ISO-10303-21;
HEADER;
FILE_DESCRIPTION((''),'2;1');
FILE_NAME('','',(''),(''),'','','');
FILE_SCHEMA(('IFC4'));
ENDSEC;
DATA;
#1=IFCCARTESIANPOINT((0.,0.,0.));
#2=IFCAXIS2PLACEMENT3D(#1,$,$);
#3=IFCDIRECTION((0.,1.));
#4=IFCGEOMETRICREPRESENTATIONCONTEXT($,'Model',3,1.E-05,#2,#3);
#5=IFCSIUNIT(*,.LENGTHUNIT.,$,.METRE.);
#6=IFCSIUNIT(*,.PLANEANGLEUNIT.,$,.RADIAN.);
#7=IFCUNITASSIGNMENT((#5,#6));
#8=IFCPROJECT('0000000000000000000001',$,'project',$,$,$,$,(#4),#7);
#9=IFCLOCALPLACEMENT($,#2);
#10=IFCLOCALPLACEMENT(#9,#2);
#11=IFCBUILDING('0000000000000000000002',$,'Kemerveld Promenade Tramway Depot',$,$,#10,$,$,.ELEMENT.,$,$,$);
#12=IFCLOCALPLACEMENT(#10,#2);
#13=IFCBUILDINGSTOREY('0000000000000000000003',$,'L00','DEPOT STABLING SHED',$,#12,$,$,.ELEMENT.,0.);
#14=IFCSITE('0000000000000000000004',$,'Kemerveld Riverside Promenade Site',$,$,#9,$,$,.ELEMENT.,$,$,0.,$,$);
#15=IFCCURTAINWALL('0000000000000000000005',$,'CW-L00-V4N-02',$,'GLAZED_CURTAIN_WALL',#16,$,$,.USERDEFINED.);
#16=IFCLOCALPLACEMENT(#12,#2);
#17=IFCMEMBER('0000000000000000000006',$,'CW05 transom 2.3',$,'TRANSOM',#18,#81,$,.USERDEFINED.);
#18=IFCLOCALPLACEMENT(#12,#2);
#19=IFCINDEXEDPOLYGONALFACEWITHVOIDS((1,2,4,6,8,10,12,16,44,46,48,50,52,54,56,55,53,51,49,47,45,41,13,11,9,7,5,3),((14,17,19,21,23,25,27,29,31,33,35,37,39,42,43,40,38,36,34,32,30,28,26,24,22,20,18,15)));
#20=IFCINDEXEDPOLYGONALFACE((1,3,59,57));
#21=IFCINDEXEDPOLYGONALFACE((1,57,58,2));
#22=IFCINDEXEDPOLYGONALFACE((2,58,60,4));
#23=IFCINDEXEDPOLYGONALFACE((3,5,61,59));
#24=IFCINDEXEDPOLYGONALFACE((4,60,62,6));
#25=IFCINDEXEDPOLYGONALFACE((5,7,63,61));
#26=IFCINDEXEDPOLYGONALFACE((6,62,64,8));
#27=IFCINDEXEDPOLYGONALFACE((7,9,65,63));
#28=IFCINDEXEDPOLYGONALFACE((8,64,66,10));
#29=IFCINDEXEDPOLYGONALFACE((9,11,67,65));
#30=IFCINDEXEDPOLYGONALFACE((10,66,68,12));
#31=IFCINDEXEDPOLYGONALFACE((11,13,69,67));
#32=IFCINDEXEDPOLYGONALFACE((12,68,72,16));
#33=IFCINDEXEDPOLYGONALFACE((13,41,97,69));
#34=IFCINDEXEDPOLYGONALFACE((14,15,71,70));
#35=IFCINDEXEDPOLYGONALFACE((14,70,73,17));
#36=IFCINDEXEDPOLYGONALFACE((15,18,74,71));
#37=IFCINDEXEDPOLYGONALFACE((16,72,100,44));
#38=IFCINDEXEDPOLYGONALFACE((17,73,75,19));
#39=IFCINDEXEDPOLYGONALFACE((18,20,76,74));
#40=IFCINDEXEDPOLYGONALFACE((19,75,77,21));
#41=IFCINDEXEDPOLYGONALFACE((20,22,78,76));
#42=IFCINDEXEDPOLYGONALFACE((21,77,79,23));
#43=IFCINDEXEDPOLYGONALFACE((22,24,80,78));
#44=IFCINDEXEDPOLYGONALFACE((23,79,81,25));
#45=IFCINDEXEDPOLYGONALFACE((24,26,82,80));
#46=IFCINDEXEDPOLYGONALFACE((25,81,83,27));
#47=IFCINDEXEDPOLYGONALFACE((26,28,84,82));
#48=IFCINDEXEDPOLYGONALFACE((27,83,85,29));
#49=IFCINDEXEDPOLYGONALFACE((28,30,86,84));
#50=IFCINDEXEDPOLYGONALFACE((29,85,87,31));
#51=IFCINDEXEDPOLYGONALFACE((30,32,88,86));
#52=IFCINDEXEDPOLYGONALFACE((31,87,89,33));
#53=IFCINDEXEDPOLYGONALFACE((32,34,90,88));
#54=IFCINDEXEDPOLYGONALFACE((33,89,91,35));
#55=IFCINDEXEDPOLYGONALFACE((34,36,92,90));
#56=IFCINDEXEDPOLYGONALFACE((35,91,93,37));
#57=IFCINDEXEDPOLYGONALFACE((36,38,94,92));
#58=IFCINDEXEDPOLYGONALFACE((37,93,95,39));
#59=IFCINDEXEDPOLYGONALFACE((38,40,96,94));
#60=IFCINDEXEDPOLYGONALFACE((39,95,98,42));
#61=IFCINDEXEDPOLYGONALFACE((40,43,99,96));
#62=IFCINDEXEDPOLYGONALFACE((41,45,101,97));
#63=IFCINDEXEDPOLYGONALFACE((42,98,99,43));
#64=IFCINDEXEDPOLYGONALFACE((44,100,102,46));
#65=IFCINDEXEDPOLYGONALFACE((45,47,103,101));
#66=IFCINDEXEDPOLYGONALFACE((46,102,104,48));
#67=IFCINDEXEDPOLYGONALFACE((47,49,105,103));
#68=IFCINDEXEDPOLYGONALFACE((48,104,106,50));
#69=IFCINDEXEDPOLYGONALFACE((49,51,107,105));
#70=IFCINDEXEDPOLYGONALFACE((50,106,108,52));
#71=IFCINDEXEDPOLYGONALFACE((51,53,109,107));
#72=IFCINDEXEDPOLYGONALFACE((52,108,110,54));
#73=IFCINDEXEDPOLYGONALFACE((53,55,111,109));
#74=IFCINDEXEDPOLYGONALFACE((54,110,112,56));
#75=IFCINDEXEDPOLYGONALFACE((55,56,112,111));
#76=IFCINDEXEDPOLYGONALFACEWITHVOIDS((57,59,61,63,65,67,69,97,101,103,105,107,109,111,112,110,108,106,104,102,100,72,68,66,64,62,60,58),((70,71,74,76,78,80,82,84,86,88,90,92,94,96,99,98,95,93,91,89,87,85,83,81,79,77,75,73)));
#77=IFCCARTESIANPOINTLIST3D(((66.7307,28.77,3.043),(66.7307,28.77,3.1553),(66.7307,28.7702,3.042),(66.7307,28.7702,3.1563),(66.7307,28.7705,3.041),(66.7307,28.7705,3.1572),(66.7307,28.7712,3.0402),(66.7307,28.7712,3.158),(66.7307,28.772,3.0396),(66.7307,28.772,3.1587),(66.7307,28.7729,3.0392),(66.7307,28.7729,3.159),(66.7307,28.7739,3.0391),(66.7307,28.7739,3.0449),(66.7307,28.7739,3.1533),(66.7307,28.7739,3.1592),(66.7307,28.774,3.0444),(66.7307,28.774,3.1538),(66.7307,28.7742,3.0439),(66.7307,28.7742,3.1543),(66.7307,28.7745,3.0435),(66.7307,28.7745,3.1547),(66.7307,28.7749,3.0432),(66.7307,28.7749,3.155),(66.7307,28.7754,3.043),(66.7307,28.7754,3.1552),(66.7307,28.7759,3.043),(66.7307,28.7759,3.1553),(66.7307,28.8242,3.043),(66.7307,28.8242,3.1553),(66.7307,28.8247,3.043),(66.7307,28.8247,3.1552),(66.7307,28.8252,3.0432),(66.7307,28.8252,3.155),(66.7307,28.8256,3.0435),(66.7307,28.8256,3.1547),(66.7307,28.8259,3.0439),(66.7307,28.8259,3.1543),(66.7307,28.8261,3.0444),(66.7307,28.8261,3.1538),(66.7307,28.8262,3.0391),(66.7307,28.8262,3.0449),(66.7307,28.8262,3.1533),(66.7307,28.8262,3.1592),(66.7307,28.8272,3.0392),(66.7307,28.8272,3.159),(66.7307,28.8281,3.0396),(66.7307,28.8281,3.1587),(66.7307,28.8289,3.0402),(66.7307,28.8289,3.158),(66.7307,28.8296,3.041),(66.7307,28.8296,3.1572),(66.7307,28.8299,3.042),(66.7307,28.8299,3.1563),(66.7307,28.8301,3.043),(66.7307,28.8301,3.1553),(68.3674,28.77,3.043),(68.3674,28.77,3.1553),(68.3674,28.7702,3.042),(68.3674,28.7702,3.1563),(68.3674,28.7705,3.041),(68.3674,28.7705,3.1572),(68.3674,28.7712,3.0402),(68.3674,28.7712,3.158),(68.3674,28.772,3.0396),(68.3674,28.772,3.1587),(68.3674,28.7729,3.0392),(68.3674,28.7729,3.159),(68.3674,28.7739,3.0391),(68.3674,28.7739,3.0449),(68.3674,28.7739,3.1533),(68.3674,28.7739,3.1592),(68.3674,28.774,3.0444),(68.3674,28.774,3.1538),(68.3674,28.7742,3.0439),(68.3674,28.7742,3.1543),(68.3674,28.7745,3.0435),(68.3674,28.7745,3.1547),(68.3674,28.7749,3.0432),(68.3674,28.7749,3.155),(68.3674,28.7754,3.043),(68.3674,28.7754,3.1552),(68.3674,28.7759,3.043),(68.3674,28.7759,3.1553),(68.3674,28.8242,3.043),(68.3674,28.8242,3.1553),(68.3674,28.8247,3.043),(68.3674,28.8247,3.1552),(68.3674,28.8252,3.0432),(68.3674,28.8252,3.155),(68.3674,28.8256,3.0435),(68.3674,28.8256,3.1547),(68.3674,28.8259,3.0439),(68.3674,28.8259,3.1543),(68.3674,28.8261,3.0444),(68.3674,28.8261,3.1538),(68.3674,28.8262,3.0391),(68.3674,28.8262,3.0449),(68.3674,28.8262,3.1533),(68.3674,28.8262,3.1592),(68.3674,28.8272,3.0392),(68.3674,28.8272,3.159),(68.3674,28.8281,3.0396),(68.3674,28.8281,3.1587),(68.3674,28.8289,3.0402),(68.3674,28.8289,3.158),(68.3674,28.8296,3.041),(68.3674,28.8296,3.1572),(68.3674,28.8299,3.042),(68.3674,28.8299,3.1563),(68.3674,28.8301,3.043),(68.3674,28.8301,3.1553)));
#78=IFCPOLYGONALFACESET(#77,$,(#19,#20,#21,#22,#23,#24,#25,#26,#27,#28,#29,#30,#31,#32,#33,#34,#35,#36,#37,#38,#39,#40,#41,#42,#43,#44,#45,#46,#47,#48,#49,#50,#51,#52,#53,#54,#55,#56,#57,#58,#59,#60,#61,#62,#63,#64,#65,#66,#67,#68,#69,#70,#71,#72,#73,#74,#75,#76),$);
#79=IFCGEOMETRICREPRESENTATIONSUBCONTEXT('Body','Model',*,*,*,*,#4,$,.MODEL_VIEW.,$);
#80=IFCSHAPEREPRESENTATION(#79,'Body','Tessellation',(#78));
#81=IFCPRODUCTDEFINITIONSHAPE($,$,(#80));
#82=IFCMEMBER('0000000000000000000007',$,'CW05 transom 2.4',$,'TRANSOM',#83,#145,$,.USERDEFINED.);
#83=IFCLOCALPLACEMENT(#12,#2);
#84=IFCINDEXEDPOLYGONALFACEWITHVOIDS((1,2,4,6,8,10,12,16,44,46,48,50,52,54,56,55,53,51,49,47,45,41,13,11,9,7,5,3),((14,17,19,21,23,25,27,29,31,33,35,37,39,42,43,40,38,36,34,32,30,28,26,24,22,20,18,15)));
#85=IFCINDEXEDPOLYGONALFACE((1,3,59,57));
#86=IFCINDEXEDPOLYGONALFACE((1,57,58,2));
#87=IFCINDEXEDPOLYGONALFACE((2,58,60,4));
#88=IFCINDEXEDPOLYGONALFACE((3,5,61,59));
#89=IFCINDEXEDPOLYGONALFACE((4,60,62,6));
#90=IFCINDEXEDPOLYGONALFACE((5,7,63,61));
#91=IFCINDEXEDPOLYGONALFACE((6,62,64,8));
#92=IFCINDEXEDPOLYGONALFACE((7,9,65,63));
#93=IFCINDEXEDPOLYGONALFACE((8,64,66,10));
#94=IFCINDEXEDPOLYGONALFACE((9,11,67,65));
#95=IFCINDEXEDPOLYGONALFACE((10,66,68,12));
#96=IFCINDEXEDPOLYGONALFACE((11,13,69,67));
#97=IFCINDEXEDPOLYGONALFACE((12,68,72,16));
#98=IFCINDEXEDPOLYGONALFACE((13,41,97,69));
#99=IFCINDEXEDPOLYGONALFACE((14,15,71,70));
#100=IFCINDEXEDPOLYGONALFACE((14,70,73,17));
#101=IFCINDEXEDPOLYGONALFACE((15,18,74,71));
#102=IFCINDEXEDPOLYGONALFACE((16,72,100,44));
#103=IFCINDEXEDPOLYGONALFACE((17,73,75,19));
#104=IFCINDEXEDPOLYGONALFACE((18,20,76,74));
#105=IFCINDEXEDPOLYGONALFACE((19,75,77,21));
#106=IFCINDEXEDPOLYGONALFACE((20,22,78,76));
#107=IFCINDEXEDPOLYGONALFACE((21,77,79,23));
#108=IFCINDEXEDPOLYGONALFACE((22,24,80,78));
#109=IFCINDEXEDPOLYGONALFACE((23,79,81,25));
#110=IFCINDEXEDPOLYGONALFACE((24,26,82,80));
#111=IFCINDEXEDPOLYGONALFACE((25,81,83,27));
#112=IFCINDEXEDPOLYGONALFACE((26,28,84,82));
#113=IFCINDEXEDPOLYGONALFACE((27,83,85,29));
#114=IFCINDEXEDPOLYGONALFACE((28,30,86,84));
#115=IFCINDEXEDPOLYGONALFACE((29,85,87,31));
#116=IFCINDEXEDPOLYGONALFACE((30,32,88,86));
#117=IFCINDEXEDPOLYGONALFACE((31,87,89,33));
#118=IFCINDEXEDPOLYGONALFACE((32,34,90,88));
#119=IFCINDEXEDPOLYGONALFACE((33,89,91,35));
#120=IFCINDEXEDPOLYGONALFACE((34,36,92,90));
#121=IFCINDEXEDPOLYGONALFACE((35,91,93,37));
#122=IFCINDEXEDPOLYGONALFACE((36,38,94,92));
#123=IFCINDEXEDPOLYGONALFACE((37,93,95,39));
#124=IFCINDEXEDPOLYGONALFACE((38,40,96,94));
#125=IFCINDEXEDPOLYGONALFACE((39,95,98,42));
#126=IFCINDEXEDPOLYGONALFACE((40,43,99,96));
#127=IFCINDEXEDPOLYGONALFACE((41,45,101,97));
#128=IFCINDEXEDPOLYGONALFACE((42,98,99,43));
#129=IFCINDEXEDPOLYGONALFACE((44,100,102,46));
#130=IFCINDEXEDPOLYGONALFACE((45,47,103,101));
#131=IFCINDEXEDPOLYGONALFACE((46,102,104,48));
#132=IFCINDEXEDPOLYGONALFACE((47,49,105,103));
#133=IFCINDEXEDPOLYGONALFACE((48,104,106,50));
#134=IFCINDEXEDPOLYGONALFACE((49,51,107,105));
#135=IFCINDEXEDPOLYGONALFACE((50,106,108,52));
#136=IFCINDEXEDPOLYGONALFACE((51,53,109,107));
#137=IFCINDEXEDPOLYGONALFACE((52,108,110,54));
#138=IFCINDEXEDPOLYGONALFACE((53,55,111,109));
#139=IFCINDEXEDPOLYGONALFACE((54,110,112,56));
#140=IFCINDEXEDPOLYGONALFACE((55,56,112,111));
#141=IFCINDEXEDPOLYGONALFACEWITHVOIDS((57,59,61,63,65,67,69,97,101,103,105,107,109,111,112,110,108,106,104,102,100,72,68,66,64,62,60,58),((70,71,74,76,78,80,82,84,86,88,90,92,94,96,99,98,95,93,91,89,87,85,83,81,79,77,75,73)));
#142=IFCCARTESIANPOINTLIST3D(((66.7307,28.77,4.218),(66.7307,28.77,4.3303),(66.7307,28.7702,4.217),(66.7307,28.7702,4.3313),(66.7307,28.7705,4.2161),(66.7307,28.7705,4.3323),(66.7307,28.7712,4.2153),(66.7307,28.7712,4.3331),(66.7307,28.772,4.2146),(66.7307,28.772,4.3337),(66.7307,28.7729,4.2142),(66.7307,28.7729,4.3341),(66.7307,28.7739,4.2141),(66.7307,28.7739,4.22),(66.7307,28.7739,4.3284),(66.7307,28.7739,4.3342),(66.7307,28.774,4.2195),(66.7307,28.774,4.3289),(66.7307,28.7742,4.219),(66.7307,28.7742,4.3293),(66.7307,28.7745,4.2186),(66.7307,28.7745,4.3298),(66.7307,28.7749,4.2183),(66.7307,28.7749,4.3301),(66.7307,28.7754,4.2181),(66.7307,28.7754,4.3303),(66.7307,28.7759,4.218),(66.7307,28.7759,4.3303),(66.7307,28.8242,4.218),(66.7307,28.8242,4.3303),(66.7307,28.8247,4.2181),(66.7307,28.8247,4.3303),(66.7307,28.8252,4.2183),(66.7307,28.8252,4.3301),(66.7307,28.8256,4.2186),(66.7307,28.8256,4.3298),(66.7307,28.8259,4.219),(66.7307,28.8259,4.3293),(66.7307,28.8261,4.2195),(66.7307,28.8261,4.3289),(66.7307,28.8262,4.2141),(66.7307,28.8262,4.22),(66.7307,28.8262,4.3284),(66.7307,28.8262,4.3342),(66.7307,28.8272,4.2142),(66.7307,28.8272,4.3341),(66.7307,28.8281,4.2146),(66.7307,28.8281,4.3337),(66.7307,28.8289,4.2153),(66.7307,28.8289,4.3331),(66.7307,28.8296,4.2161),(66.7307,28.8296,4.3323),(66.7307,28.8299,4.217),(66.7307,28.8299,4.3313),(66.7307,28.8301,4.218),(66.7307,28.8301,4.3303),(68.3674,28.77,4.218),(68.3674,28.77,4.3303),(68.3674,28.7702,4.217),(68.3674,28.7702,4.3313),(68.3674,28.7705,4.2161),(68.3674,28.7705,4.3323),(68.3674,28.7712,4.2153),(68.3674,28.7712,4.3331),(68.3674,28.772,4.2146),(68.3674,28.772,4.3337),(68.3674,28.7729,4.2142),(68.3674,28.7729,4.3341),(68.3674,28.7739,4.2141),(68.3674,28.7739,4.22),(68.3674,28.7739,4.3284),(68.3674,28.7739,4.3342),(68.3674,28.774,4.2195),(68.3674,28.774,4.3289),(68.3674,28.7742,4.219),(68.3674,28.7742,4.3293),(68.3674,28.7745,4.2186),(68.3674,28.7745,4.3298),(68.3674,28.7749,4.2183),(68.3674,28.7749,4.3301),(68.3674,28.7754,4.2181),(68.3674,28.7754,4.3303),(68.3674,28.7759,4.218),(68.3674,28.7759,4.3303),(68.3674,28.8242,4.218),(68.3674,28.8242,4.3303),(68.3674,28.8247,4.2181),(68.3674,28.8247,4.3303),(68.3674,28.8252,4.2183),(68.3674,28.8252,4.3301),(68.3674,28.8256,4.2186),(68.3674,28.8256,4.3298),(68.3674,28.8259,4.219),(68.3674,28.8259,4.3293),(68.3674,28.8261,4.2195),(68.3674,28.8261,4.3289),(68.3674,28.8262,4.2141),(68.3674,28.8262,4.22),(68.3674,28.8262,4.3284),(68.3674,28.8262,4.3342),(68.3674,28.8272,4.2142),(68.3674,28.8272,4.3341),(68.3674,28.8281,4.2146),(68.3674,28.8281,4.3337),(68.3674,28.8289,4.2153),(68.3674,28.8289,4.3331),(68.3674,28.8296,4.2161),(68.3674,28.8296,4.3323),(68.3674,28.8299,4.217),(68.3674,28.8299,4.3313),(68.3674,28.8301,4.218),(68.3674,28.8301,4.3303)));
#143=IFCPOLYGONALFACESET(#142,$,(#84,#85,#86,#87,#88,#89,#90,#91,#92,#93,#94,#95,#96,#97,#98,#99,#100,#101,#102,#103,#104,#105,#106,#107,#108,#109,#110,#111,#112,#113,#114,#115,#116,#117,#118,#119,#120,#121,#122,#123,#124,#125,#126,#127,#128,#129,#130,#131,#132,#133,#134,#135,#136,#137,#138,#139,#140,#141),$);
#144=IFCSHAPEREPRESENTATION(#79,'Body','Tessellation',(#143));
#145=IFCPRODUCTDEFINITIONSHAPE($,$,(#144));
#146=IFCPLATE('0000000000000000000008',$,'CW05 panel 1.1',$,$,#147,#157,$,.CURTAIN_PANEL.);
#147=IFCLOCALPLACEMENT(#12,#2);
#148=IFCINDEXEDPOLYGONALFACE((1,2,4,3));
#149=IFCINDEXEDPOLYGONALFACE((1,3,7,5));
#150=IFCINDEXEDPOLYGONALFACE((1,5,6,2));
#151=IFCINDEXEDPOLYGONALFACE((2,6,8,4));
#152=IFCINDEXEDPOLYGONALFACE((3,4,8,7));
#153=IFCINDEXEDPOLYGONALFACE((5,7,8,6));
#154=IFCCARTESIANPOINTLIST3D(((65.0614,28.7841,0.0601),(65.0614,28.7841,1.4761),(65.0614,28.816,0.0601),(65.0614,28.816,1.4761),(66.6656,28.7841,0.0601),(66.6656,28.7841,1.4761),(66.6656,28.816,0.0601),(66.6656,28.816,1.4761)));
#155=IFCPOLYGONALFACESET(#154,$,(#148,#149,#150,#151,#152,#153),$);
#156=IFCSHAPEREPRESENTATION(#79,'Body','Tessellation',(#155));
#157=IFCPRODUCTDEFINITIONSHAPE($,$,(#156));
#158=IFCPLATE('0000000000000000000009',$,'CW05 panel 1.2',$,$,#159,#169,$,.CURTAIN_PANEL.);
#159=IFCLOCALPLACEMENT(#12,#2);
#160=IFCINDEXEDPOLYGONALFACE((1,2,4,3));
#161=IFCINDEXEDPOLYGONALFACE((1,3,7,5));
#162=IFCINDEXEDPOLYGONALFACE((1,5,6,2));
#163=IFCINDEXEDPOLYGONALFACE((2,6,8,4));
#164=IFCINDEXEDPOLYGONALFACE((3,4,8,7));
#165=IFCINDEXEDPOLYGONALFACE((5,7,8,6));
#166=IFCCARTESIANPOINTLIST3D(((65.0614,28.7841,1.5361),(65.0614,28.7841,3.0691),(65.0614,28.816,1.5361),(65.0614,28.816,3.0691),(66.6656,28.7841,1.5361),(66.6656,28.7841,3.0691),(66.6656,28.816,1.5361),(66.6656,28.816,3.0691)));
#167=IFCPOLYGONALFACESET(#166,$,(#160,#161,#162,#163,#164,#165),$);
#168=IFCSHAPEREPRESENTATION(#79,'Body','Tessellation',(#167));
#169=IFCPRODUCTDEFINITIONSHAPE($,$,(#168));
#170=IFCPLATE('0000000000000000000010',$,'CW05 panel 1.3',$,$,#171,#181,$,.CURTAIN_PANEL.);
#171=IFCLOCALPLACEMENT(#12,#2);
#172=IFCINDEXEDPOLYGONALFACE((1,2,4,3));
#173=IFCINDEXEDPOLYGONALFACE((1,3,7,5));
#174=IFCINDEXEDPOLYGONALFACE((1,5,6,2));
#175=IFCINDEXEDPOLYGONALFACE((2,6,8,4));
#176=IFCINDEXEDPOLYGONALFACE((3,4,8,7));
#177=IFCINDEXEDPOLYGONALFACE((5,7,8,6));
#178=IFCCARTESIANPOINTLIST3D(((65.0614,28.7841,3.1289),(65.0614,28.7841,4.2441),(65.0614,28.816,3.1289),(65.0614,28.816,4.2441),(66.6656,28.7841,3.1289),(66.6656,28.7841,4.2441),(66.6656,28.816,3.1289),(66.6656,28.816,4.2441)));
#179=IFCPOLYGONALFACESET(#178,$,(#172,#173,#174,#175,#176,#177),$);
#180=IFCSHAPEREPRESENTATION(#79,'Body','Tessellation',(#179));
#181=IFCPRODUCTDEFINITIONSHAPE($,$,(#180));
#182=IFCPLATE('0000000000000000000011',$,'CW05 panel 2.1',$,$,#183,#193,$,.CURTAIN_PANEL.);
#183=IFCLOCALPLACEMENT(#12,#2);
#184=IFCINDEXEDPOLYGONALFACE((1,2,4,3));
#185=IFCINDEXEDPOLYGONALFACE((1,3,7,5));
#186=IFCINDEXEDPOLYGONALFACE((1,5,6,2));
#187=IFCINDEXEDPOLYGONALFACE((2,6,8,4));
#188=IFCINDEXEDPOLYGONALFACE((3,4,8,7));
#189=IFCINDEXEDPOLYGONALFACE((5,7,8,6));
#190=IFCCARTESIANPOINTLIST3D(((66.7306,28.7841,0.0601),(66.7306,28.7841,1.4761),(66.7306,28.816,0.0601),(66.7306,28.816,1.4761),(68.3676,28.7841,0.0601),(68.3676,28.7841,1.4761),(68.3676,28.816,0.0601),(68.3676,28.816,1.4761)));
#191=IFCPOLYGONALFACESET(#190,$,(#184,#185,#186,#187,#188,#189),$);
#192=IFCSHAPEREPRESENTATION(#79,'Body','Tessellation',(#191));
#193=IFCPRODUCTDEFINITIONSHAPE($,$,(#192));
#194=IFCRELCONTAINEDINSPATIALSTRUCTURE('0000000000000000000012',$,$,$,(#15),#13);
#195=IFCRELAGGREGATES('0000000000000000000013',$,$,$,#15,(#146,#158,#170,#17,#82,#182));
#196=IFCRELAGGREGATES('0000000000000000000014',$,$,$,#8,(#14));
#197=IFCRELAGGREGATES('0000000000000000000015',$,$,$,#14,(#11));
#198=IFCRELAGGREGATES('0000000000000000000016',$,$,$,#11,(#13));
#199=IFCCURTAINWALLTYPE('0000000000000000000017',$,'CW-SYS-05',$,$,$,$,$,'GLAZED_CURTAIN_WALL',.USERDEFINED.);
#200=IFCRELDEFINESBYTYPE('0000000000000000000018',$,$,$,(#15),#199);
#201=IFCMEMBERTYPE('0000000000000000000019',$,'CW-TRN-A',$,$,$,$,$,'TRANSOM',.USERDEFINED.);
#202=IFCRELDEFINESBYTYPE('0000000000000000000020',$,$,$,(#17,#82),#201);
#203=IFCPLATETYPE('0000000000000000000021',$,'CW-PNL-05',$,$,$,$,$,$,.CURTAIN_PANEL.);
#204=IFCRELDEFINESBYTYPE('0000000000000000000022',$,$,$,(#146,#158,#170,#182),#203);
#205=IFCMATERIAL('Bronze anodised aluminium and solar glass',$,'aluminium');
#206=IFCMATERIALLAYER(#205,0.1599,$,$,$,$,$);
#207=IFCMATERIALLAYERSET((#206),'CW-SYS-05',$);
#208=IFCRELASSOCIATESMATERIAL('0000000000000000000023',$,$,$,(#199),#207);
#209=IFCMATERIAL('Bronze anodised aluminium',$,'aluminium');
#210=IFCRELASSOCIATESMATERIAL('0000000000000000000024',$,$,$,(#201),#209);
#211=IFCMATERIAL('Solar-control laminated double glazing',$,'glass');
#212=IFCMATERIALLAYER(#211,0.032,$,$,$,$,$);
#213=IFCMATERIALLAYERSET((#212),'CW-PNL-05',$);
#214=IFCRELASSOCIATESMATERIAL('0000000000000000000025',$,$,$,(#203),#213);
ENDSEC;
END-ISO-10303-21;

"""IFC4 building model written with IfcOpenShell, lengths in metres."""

from ifc_helpers import new_model, si_unit, direction, frame, origin, origin_2d, place, context, subcontext, project, spatial, rectangle, hollow_rectangle, extrude, material, layer, layer_set, material_profile, profile_set, type_object, element, aggregate, save


model = new_model("IFC4")

# Units and contexts
model_context = context("Model", 3, precision=1e-05, world=origin(), true_north=direction((0.0, 1.0)))
body_context = subcontext(model_context, "Body", "Model", "MODEL_VIEW")
ifc_project = project(units=[si_unit("LENGTHUNIT", "METRE"), si_unit("PLANEANGLEUNIT", "RADIAN")], contexts=[model_context])

# Site, building, storey
site_placement = place(None, origin())
site = spatial("IfcSite", under=ifc_project, at=site_placement, Name="Kemerveld Riverside Promenade Site", CompositionType="ELEMENT", RefElevation=0.0)
building_placement = place(site_placement, origin())
building = spatial("IfcBuilding", under=site, at=building_placement, Name="Kemerveld Promenade Tramway Depot", CompositionType="ELEMENT")
storey_placement = place(building_placement, origin())
storey = spatial("IfcBuildingStorey", under=building, at=storey_placement, Name="L00", Description="DEPOT STABLING SHED", CompositionType="ELEMENT", Elevation=0.0)

# Curtain wall, members, plates
ifc_material_1 = material(Name="Bronze anodised aluminium and solar glass", Category="aluminium")
ifc_layer_1 = layer(ifc_material_1, 0.1599)
ifc_layer_set_1 = layer_set([ifc_layer_1], Name="CW-SYS-05")
curtain_wall_type = type_object("IfcCurtainWallType", Name="CW-SYS-05", ElementType="GLAZED_CURTAIN_WALL", PredefinedType="USERDEFINED", material=ifc_layer_set_1)
curtain_wall_placement = place(storey_placement, origin())
curtain_wall = element("IfcCurtainWall", 1, at=curtain_wall_placement, inside=storey, type_object=curtain_wall_type, Name="CW-L00-V4N-02", ObjectType="GLAZED_CURTAIN_WALL", PredefinedType="USERDEFINED")
ifc_material_2 = material(Name="Bronze anodised aluminium", Category="aluminium")
ifc_material_profile_1 = material_profile(ifc_material_2, hollow_rectangle(XDim=0.0601, YDim=0.1201, WallThickness=0.0039, InnerFilletRadius=0.002, OuterFilletRadius=0.0039, at=origin_2d()), Name="CW-TRN-120x60")
ifc_profile_set_1 = profile_set([ifc_material_profile_1], Name="Bronze anodised aluminium")
member_type_1 = type_object("IfcMemberType", Name="CW-TRN-A", ElementType="TRANSOM", PredefinedType="USERDEFINED", material=ifc_profile_set_1)
member_1_placement = place(storey_placement, frame((66.7307, 28.8, 3.0991), z_axis=(1.0, 0.0, 0.0), x_axis=(0.0, 1.0, 0.0)))
member_1 = element("IfcMember", 2, at=member_1_placement, type_object=member_type_1, Name="CW05 transom 2.3", ObjectType="TRANSOM", PredefinedType="USERDEFINED", context=body_context, shape_type="SweptSolid", body=[
    extrude(hollow_rectangle(XDim=0.0601, YDim=0.1201, WallThickness=0.0039, InnerFilletRadius=0.002, OuterFilletRadius=0.0039, at=origin_2d()), origin(), (0.0, 0.0, 1.0), 1.6367),
])
member_2_placement = place(storey_placement, frame((66.7307, 28.8, 4.2742), z_axis=(1.0, 0.0, 0.0), x_axis=(0.0, 1.0, 0.0)))
member_2 = element("IfcMember", 3, at=member_2_placement, type_object=member_type_1, Name="CW05 transom 2.4", ObjectType="TRANSOM", PredefinedType="USERDEFINED", context=body_context, shape_type="SweptSolid", body=[
    extrude(hollow_rectangle(XDim=0.0601, YDim=0.1201, WallThickness=0.0039, InnerFilletRadius=0.002, OuterFilletRadius=0.0039, at=origin_2d()), origin(), (0.0, 0.0, 1.0), 1.6367),
])
ifc_material_3 = material(Name="Solar-control laminated double glazing", Category="glass")
ifc_layer_2 = layer(ifc_material_3, 0.032)
ifc_layer_set_2 = layer_set([ifc_layer_2], Name="CW-PNL-05")
plate_type_1 = type_object("IfcPlateType", Name="CW-PNL-05", PredefinedType="CURTAIN_PANEL", material=ifc_layer_set_2)
plate_1_placement = place(storey_placement, frame((65.8635, 28.8, 0.0601), z_axis=(0.0, 0.0, 1.0), x_axis=(1.0, 0.0, 0.0)))
plate_1 = element("IfcPlate", 4, at=plate_1_placement, type_object=plate_type_1, Name="CW05 panel 1.1", PredefinedType="CURTAIN_PANEL", context=body_context, shape_type="SweptSolid", body=[
    extrude(rectangle(XDim=1.6042, YDim=0.032, at=origin_2d()), origin(), (0.0, 0.0, 1.0), 1.416),
])
plate_2_placement = place(storey_placement, frame((65.8635, 28.8, 1.5361), z_axis=(0.0, 0.0, 1.0), x_axis=(1.0, 0.0, 0.0)))
plate_2 = element("IfcPlate", 5, at=plate_2_placement, type_object=plate_type_1, Name="CW05 panel 1.2", PredefinedType="CURTAIN_PANEL", context=body_context, shape_type="SweptSolid", body=[
    extrude(rectangle(XDim=1.6042, YDim=0.032, at=origin_2d()), origin(), (0.0, 0.0, 1.0), 1.533),
])
plate_3_placement = place(storey_placement, frame((65.8635, 28.8, 3.1289), z_axis=(0.0, 0.0, 1.0), x_axis=(1.0, 0.0, 0.0)))
plate_3 = element("IfcPlate", 6, at=plate_3_placement, type_object=plate_type_1, Name="CW05 panel 1.3", PredefinedType="CURTAIN_PANEL", context=body_context, shape_type="SweptSolid", body=[
    extrude(rectangle(XDim=1.6042, YDim=0.032, at=origin_2d()), origin(), (0.0, 0.0, 1.0), 1.1152),
])
plate_4_placement = place(storey_placement, frame((67.5491, 28.8, 0.0601), z_axis=(0.0, 0.0, 1.0), x_axis=(1.0, 0.0, 0.0)))
plate_4 = element("IfcPlate", 7, at=plate_4_placement, type_object=plate_type_1, Name="CW05 panel 2.1", PredefinedType="CURTAIN_PANEL", context=body_context, shape_type="SweptSolid", body=[
    extrude(rectangle(XDim=1.637, YDim=0.032, at=origin_2d()), origin(), (0.0, 0.0, 1.0), 1.416),
])
aggregate(curtain_wall, [plate_1, plate_2, plate_3, member_1, member_2, plate_4])

save(model, "model.ifc")
